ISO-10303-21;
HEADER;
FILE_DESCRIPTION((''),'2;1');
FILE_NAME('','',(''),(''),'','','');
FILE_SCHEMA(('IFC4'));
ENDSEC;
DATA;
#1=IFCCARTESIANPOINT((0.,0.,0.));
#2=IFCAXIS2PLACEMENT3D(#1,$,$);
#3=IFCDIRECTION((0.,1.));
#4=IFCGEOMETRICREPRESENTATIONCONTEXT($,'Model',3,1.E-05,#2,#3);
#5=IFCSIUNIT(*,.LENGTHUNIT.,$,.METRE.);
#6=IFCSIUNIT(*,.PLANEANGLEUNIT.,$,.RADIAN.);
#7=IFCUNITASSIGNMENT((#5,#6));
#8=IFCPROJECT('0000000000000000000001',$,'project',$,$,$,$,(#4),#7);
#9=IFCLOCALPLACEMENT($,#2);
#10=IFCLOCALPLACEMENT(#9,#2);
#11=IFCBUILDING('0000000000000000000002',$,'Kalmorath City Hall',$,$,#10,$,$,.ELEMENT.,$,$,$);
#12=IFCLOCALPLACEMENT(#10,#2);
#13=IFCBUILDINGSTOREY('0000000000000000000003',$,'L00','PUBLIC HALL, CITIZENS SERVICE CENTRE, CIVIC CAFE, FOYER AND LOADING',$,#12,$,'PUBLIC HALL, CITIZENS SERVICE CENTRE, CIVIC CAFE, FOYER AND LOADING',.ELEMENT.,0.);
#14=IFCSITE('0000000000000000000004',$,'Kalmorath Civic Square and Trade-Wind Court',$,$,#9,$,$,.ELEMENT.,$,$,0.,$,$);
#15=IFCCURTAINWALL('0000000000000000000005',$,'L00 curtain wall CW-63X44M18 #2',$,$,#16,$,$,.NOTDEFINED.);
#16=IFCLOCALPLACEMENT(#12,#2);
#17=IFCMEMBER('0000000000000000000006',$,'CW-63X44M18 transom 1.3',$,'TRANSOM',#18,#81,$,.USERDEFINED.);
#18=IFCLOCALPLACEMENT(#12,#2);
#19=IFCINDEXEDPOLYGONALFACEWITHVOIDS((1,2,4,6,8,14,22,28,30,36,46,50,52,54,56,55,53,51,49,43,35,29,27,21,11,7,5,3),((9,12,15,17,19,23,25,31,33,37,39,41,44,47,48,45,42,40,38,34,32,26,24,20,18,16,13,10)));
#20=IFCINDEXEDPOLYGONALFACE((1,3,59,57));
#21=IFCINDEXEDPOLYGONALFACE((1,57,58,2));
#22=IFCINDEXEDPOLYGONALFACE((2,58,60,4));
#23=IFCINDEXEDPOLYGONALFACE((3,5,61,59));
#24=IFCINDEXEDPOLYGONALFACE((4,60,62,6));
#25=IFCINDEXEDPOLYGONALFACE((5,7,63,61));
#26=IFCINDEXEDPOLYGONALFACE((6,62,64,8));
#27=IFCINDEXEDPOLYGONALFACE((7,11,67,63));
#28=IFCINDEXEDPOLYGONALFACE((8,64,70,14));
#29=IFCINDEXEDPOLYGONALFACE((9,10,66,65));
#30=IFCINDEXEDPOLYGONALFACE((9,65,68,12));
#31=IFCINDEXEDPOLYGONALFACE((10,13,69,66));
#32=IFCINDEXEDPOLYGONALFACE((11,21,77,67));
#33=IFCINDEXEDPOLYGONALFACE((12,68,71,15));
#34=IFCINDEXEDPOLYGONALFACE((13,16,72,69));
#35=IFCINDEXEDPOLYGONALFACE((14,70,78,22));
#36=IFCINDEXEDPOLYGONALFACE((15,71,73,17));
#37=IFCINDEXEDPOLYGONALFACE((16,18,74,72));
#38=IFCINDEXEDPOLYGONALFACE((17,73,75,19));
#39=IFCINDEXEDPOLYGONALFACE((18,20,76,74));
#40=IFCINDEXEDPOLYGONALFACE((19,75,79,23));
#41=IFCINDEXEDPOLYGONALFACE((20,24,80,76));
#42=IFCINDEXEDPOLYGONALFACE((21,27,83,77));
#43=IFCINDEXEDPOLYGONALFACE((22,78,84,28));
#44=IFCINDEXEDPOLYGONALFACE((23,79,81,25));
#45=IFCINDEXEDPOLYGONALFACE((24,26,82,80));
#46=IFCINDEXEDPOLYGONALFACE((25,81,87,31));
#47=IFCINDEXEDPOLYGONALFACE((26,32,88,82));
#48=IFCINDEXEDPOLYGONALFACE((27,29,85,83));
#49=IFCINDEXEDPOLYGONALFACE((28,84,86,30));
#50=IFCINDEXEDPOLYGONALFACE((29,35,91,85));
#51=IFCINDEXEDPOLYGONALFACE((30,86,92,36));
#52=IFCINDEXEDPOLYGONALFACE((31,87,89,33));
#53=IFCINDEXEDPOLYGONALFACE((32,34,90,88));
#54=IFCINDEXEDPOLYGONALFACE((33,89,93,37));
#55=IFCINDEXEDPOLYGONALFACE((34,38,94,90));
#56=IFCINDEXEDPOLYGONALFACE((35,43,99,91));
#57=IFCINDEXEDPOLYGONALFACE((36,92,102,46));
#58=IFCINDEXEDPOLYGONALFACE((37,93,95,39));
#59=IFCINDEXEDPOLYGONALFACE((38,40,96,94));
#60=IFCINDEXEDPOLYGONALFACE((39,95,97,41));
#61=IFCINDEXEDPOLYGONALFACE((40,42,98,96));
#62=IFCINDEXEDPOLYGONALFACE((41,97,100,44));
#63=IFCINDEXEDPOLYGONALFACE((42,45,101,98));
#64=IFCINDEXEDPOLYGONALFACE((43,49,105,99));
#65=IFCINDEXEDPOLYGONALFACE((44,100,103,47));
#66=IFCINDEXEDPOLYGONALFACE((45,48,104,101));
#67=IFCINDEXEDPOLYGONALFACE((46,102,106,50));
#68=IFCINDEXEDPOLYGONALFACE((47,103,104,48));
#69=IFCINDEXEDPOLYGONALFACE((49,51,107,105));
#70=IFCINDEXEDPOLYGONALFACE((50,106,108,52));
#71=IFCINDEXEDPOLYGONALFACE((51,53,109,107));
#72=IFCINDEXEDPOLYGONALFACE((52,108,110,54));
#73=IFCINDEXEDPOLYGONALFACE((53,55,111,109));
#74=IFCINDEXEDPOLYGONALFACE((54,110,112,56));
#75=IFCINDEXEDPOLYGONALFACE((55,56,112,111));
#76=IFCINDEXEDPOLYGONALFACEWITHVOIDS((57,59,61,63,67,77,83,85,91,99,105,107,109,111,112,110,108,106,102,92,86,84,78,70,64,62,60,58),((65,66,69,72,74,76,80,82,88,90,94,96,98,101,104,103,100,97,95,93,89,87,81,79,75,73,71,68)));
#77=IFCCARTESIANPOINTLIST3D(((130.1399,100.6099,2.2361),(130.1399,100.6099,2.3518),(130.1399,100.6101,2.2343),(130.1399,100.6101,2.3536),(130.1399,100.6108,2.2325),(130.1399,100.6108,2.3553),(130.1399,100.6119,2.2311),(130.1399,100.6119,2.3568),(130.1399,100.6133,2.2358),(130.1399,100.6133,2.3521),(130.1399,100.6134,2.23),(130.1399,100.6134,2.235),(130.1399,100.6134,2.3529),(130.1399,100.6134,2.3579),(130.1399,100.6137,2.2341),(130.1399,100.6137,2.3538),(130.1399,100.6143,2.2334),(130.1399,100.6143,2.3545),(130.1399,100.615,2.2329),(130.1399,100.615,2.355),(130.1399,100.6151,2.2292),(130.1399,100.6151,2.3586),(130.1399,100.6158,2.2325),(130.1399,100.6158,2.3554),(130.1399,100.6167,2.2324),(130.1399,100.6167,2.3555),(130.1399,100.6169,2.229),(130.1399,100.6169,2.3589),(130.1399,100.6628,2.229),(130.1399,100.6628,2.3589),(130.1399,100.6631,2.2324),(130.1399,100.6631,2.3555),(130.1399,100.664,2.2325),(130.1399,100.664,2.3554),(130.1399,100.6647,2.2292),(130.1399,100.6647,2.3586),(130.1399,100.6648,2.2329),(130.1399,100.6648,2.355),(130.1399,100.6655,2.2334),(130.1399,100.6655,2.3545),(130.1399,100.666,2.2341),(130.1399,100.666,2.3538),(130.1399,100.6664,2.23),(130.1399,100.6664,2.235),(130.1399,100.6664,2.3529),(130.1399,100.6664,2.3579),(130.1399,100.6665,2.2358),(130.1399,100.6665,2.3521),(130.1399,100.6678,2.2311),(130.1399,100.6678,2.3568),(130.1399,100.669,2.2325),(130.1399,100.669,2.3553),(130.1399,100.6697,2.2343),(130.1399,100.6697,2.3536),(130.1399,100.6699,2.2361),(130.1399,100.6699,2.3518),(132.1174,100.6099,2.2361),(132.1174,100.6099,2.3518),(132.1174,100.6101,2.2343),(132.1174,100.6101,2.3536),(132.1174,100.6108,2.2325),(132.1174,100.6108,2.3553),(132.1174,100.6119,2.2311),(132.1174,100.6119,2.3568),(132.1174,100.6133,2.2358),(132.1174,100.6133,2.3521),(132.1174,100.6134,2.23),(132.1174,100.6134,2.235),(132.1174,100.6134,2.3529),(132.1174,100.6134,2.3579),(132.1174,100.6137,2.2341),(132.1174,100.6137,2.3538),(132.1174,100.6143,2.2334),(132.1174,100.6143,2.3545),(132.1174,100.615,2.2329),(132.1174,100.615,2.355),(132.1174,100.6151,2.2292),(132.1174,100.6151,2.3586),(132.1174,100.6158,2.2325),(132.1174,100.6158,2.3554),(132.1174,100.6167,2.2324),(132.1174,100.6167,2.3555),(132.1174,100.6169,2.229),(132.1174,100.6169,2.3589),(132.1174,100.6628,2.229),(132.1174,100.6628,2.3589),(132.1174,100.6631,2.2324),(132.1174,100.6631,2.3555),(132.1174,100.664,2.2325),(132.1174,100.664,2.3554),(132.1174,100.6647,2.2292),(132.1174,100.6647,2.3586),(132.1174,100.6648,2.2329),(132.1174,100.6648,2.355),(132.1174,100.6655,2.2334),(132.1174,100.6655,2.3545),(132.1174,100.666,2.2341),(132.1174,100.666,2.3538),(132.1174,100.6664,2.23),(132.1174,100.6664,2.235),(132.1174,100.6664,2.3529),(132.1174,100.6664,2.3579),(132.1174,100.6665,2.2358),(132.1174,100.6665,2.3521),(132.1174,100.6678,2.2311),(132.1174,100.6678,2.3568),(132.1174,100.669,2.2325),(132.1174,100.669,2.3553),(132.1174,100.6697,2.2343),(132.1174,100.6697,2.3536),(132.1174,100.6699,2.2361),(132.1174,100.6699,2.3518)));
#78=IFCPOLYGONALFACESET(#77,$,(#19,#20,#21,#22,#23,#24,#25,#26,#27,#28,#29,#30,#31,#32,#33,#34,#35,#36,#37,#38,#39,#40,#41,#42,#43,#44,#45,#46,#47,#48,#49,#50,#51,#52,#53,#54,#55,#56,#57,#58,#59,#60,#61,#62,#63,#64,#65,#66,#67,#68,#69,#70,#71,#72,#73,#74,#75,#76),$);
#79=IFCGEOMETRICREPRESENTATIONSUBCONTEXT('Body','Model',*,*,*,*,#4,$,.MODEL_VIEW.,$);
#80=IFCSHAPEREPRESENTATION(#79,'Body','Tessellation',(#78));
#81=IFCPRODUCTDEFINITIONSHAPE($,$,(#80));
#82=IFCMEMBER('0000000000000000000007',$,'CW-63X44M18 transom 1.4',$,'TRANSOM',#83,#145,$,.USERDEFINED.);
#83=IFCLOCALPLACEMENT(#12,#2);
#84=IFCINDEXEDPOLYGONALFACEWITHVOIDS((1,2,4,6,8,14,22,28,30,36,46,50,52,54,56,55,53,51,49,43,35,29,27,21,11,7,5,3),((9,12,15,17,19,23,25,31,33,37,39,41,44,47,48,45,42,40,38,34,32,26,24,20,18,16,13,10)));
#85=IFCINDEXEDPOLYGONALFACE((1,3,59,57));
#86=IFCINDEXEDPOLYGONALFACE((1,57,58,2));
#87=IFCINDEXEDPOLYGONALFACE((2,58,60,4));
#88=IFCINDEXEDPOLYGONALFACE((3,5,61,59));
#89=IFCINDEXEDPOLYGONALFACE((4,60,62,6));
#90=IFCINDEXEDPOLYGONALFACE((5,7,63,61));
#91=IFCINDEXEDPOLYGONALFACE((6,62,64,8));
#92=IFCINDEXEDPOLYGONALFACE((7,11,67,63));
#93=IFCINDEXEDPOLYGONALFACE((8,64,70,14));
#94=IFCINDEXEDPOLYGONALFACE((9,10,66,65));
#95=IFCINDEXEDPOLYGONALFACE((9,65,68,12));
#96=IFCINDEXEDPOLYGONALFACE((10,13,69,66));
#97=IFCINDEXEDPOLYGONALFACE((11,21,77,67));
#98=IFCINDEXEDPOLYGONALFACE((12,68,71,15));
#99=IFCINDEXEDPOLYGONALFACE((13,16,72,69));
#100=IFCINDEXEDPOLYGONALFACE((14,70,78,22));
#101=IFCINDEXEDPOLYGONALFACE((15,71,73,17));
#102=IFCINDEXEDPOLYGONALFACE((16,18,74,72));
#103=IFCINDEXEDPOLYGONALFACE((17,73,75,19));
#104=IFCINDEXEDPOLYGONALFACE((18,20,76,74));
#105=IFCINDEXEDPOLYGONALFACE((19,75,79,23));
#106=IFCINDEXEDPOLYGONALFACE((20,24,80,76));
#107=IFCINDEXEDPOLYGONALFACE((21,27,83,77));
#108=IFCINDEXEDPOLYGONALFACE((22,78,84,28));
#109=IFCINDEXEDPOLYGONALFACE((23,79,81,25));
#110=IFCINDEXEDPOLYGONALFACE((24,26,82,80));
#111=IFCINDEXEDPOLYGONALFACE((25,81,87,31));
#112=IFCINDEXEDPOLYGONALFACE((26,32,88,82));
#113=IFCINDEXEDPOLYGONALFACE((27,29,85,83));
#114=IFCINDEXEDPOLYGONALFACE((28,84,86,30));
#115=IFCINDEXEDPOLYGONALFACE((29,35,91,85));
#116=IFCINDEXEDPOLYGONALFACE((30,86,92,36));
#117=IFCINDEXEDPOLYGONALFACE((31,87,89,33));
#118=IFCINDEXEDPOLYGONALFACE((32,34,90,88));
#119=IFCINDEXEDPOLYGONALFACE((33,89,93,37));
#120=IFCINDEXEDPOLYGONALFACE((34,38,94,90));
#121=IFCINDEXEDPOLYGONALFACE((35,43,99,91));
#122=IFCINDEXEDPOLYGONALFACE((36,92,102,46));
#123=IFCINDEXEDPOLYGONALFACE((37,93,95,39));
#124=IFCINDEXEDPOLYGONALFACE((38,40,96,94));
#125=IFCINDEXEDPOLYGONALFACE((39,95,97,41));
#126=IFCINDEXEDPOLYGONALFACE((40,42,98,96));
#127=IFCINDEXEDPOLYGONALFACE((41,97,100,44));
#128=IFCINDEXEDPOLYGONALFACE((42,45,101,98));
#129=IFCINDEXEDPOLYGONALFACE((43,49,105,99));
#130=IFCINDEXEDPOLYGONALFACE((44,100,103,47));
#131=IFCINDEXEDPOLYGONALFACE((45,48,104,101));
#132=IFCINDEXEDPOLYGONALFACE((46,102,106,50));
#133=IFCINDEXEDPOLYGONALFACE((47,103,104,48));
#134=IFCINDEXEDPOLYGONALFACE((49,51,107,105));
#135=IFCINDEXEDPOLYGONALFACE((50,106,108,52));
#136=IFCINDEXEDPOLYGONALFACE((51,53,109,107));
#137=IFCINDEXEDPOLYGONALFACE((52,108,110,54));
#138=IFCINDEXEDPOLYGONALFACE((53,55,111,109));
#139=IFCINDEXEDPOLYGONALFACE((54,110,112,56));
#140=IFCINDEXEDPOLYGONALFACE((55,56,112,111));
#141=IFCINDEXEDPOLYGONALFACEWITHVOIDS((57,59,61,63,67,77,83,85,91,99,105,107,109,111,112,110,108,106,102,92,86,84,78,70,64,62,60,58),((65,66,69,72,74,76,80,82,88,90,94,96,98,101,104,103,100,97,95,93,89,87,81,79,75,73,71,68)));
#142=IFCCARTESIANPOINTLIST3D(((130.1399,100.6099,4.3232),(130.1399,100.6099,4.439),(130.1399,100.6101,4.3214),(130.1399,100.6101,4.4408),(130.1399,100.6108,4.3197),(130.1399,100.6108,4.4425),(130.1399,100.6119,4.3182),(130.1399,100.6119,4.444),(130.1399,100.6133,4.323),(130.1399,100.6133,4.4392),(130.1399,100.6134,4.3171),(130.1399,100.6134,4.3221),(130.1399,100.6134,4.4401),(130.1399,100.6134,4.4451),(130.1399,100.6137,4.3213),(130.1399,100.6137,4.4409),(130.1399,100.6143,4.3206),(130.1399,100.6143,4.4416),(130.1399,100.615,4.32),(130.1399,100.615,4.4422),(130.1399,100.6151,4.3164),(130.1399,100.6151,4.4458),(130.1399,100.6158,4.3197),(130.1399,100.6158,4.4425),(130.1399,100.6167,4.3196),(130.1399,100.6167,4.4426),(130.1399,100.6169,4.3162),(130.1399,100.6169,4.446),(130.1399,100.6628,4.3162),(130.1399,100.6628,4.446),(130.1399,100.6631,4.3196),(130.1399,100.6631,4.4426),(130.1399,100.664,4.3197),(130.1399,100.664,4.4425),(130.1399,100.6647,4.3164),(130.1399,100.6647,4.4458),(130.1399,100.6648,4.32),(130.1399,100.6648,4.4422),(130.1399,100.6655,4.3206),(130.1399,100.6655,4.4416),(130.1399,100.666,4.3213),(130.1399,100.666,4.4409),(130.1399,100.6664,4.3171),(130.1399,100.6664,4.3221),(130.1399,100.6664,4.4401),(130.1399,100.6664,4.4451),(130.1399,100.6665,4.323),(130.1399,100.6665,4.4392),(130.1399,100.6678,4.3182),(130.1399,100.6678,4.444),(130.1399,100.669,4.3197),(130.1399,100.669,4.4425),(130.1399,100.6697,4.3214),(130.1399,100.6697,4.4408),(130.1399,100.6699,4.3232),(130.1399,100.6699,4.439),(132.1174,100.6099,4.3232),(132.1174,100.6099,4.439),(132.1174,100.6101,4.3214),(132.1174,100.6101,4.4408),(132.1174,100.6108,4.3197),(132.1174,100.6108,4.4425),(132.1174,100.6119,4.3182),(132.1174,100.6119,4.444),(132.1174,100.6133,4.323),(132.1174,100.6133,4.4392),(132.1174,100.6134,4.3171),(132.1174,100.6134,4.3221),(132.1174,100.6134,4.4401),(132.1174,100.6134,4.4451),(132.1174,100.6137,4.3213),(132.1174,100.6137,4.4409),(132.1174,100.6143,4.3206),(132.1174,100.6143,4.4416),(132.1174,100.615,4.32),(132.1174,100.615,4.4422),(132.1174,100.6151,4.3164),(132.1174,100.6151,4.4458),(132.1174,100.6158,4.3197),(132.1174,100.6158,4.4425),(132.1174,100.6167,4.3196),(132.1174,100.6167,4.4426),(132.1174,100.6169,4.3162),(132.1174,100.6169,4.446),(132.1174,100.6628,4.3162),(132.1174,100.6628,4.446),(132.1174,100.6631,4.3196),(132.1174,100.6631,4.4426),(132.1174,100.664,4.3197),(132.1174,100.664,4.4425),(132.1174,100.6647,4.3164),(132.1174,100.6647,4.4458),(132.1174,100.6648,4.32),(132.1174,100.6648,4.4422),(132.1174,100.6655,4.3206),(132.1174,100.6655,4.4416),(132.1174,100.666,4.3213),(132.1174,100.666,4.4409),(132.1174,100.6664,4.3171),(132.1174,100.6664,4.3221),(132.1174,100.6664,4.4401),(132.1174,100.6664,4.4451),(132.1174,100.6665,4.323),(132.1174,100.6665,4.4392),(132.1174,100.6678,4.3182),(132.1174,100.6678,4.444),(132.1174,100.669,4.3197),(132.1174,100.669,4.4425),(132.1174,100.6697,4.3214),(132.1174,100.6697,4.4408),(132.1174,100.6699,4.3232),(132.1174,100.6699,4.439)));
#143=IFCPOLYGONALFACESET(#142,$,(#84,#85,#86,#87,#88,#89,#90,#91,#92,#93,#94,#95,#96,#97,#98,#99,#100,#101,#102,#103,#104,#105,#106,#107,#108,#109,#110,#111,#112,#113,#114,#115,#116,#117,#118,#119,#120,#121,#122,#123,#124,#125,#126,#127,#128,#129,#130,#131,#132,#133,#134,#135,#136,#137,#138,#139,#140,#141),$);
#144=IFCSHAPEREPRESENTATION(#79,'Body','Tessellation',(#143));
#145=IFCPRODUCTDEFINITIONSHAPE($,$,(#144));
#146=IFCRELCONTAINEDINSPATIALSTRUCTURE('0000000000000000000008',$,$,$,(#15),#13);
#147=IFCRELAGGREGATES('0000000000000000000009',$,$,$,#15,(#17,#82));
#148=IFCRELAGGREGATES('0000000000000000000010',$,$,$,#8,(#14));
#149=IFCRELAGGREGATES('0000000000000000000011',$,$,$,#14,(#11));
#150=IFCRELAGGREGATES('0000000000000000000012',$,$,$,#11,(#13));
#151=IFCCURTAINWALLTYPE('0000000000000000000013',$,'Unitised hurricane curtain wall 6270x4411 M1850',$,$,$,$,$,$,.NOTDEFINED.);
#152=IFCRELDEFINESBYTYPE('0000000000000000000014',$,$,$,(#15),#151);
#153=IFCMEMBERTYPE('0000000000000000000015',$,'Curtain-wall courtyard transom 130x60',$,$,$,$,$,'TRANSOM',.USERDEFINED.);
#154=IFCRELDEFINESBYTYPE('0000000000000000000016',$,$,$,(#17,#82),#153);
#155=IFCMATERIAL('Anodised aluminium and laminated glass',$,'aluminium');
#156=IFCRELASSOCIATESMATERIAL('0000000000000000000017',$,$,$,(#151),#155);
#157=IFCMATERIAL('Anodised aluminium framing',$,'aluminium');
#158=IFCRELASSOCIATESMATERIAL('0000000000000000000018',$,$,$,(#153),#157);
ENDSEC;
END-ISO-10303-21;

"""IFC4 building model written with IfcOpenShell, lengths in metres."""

from ifc_helpers import new_model, si_unit, direction, frame, origin, origin_2d, place, context, subcontext, project, spatial, hollow_rectangle, extrude, material, material_profile, profile_set, type_object, element, aggregate, save


model = new_model("IFC4")

# Units and contexts
model_context = context("Model", 3, precision=1e-05, world=origin(), true_north=direction((0.0, 1.0)))
body_context = subcontext(model_context, "Body", "Model", "MODEL_VIEW")
ifc_project = project(units=[si_unit("LENGTHUNIT", "METRE"), si_unit("PLANEANGLEUNIT", "RADIAN")], contexts=[model_context])

# Site, building, storey
site_placement = place(None, origin())
site = spatial("IfcSite", under=ifc_project, at=site_placement, Name="Kalmorath Civic Square and Trade-Wind Court", CompositionType="ELEMENT", RefElevation=0.0)
building_placement = place(site_placement, origin())
building = spatial("IfcBuilding", under=site, at=building_placement, Name="Kalmorath City Hall", CompositionType="ELEMENT")
storey_placement = place(building_placement, origin())
storey = spatial("IfcBuildingStorey", under=building, at=storey_placement, Name="L00", Description="PUBLIC HALL, CITIZENS SERVICE CENTRE, CIVIC CAFE, FOYER AND LOADING", LongName="PUBLIC HALL, CITIZENS SERVICE CENTRE, CIVIC CAFE, FOYER AND LOADING", CompositionType="ELEMENT", Elevation=0.0)

# Curtain wall, members
ifc_material_1 = material(Name="Anodised aluminium and laminated glass", Category="aluminium")
curtain_wall_type = type_object("IfcCurtainWallType", Name="Unitised hurricane curtain wall 6270x4411 M1850", PredefinedType="NOTDEFINED", material=ifc_material_1)
curtain_wall_placement = place(storey_placement, origin())
curtain_wall = element("IfcCurtainWall", 1, at=curtain_wall_placement, inside=storey, type_object=curtain_wall_type, Name="L00 curtain wall CW-63X44M18 #2", PredefinedType="NOTDEFINED")
ifc_material_2 = material(Name="Anodised aluminium framing", Category="aluminium")
ifc_material_profile_1 = material_profile(ifc_material_2, hollow_rectangle(XDim=0.0601, YDim=0.1299, WallThickness=0.0034, InnerFilletRadius=0.0034, OuterFilletRadius=0.0071, at=origin_2d()), Name="ALU-TRN-130X60X3.5")
ifc_profile_set_1 = profile_set([ifc_material_profile_1], Name="Anodised aluminium framing")
member_type_1 = type_object("IfcMemberType", Name="Curtain-wall courtyard transom 130x60", ElementType="TRANSOM", PredefinedType="USERDEFINED", material=ifc_profile_set_1)
member_1_placement = place(storey_placement, frame((130.1399, 100.6399, 2.2939), z_axis=(1.0, 0.0, 0.0), x_axis=(0.0, 1.0, 0.0)))
member_1 = element("IfcMember", 2, at=member_1_placement, type_object=member_type_1, Name="CW-63X44M18 transom 1.3", ObjectType="TRANSOM", PredefinedType="USERDEFINED", context=body_context, shape_type="SweptSolid", body=[
    extrude(hollow_rectangle(XDim=0.0601, YDim=0.1299, WallThickness=0.0034, InnerFilletRadius=0.0034, OuterFilletRadius=0.0071, at=origin_2d()), origin(), (0.0, 0.0, 1.0), 1.9775),
])
member_2_placement = place(storey_placement, frame((130.1399, 100.6399, 4.3811), z_axis=(1.0, 0.0, 0.0), x_axis=(0.0, 1.0, 0.0)))
member_2 = element("IfcMember", 3, at=member_2_placement, type_object=member_type_1, Name="CW-63X44M18 transom 1.4", ObjectType="TRANSOM", PredefinedType="USERDEFINED", context=body_context, shape_type="SweptSolid", body=[
    extrude(hollow_rectangle(XDim=0.0601, YDim=0.1299, WallThickness=0.0034, InnerFilletRadius=0.0034, OuterFilletRadius=0.0071, at=origin_2d()), origin(), (0.0, 0.0, 1.0), 1.9775),
])

aggregate(curtain_wall, [member_1, member_2])

save(model, "model.ifc")
